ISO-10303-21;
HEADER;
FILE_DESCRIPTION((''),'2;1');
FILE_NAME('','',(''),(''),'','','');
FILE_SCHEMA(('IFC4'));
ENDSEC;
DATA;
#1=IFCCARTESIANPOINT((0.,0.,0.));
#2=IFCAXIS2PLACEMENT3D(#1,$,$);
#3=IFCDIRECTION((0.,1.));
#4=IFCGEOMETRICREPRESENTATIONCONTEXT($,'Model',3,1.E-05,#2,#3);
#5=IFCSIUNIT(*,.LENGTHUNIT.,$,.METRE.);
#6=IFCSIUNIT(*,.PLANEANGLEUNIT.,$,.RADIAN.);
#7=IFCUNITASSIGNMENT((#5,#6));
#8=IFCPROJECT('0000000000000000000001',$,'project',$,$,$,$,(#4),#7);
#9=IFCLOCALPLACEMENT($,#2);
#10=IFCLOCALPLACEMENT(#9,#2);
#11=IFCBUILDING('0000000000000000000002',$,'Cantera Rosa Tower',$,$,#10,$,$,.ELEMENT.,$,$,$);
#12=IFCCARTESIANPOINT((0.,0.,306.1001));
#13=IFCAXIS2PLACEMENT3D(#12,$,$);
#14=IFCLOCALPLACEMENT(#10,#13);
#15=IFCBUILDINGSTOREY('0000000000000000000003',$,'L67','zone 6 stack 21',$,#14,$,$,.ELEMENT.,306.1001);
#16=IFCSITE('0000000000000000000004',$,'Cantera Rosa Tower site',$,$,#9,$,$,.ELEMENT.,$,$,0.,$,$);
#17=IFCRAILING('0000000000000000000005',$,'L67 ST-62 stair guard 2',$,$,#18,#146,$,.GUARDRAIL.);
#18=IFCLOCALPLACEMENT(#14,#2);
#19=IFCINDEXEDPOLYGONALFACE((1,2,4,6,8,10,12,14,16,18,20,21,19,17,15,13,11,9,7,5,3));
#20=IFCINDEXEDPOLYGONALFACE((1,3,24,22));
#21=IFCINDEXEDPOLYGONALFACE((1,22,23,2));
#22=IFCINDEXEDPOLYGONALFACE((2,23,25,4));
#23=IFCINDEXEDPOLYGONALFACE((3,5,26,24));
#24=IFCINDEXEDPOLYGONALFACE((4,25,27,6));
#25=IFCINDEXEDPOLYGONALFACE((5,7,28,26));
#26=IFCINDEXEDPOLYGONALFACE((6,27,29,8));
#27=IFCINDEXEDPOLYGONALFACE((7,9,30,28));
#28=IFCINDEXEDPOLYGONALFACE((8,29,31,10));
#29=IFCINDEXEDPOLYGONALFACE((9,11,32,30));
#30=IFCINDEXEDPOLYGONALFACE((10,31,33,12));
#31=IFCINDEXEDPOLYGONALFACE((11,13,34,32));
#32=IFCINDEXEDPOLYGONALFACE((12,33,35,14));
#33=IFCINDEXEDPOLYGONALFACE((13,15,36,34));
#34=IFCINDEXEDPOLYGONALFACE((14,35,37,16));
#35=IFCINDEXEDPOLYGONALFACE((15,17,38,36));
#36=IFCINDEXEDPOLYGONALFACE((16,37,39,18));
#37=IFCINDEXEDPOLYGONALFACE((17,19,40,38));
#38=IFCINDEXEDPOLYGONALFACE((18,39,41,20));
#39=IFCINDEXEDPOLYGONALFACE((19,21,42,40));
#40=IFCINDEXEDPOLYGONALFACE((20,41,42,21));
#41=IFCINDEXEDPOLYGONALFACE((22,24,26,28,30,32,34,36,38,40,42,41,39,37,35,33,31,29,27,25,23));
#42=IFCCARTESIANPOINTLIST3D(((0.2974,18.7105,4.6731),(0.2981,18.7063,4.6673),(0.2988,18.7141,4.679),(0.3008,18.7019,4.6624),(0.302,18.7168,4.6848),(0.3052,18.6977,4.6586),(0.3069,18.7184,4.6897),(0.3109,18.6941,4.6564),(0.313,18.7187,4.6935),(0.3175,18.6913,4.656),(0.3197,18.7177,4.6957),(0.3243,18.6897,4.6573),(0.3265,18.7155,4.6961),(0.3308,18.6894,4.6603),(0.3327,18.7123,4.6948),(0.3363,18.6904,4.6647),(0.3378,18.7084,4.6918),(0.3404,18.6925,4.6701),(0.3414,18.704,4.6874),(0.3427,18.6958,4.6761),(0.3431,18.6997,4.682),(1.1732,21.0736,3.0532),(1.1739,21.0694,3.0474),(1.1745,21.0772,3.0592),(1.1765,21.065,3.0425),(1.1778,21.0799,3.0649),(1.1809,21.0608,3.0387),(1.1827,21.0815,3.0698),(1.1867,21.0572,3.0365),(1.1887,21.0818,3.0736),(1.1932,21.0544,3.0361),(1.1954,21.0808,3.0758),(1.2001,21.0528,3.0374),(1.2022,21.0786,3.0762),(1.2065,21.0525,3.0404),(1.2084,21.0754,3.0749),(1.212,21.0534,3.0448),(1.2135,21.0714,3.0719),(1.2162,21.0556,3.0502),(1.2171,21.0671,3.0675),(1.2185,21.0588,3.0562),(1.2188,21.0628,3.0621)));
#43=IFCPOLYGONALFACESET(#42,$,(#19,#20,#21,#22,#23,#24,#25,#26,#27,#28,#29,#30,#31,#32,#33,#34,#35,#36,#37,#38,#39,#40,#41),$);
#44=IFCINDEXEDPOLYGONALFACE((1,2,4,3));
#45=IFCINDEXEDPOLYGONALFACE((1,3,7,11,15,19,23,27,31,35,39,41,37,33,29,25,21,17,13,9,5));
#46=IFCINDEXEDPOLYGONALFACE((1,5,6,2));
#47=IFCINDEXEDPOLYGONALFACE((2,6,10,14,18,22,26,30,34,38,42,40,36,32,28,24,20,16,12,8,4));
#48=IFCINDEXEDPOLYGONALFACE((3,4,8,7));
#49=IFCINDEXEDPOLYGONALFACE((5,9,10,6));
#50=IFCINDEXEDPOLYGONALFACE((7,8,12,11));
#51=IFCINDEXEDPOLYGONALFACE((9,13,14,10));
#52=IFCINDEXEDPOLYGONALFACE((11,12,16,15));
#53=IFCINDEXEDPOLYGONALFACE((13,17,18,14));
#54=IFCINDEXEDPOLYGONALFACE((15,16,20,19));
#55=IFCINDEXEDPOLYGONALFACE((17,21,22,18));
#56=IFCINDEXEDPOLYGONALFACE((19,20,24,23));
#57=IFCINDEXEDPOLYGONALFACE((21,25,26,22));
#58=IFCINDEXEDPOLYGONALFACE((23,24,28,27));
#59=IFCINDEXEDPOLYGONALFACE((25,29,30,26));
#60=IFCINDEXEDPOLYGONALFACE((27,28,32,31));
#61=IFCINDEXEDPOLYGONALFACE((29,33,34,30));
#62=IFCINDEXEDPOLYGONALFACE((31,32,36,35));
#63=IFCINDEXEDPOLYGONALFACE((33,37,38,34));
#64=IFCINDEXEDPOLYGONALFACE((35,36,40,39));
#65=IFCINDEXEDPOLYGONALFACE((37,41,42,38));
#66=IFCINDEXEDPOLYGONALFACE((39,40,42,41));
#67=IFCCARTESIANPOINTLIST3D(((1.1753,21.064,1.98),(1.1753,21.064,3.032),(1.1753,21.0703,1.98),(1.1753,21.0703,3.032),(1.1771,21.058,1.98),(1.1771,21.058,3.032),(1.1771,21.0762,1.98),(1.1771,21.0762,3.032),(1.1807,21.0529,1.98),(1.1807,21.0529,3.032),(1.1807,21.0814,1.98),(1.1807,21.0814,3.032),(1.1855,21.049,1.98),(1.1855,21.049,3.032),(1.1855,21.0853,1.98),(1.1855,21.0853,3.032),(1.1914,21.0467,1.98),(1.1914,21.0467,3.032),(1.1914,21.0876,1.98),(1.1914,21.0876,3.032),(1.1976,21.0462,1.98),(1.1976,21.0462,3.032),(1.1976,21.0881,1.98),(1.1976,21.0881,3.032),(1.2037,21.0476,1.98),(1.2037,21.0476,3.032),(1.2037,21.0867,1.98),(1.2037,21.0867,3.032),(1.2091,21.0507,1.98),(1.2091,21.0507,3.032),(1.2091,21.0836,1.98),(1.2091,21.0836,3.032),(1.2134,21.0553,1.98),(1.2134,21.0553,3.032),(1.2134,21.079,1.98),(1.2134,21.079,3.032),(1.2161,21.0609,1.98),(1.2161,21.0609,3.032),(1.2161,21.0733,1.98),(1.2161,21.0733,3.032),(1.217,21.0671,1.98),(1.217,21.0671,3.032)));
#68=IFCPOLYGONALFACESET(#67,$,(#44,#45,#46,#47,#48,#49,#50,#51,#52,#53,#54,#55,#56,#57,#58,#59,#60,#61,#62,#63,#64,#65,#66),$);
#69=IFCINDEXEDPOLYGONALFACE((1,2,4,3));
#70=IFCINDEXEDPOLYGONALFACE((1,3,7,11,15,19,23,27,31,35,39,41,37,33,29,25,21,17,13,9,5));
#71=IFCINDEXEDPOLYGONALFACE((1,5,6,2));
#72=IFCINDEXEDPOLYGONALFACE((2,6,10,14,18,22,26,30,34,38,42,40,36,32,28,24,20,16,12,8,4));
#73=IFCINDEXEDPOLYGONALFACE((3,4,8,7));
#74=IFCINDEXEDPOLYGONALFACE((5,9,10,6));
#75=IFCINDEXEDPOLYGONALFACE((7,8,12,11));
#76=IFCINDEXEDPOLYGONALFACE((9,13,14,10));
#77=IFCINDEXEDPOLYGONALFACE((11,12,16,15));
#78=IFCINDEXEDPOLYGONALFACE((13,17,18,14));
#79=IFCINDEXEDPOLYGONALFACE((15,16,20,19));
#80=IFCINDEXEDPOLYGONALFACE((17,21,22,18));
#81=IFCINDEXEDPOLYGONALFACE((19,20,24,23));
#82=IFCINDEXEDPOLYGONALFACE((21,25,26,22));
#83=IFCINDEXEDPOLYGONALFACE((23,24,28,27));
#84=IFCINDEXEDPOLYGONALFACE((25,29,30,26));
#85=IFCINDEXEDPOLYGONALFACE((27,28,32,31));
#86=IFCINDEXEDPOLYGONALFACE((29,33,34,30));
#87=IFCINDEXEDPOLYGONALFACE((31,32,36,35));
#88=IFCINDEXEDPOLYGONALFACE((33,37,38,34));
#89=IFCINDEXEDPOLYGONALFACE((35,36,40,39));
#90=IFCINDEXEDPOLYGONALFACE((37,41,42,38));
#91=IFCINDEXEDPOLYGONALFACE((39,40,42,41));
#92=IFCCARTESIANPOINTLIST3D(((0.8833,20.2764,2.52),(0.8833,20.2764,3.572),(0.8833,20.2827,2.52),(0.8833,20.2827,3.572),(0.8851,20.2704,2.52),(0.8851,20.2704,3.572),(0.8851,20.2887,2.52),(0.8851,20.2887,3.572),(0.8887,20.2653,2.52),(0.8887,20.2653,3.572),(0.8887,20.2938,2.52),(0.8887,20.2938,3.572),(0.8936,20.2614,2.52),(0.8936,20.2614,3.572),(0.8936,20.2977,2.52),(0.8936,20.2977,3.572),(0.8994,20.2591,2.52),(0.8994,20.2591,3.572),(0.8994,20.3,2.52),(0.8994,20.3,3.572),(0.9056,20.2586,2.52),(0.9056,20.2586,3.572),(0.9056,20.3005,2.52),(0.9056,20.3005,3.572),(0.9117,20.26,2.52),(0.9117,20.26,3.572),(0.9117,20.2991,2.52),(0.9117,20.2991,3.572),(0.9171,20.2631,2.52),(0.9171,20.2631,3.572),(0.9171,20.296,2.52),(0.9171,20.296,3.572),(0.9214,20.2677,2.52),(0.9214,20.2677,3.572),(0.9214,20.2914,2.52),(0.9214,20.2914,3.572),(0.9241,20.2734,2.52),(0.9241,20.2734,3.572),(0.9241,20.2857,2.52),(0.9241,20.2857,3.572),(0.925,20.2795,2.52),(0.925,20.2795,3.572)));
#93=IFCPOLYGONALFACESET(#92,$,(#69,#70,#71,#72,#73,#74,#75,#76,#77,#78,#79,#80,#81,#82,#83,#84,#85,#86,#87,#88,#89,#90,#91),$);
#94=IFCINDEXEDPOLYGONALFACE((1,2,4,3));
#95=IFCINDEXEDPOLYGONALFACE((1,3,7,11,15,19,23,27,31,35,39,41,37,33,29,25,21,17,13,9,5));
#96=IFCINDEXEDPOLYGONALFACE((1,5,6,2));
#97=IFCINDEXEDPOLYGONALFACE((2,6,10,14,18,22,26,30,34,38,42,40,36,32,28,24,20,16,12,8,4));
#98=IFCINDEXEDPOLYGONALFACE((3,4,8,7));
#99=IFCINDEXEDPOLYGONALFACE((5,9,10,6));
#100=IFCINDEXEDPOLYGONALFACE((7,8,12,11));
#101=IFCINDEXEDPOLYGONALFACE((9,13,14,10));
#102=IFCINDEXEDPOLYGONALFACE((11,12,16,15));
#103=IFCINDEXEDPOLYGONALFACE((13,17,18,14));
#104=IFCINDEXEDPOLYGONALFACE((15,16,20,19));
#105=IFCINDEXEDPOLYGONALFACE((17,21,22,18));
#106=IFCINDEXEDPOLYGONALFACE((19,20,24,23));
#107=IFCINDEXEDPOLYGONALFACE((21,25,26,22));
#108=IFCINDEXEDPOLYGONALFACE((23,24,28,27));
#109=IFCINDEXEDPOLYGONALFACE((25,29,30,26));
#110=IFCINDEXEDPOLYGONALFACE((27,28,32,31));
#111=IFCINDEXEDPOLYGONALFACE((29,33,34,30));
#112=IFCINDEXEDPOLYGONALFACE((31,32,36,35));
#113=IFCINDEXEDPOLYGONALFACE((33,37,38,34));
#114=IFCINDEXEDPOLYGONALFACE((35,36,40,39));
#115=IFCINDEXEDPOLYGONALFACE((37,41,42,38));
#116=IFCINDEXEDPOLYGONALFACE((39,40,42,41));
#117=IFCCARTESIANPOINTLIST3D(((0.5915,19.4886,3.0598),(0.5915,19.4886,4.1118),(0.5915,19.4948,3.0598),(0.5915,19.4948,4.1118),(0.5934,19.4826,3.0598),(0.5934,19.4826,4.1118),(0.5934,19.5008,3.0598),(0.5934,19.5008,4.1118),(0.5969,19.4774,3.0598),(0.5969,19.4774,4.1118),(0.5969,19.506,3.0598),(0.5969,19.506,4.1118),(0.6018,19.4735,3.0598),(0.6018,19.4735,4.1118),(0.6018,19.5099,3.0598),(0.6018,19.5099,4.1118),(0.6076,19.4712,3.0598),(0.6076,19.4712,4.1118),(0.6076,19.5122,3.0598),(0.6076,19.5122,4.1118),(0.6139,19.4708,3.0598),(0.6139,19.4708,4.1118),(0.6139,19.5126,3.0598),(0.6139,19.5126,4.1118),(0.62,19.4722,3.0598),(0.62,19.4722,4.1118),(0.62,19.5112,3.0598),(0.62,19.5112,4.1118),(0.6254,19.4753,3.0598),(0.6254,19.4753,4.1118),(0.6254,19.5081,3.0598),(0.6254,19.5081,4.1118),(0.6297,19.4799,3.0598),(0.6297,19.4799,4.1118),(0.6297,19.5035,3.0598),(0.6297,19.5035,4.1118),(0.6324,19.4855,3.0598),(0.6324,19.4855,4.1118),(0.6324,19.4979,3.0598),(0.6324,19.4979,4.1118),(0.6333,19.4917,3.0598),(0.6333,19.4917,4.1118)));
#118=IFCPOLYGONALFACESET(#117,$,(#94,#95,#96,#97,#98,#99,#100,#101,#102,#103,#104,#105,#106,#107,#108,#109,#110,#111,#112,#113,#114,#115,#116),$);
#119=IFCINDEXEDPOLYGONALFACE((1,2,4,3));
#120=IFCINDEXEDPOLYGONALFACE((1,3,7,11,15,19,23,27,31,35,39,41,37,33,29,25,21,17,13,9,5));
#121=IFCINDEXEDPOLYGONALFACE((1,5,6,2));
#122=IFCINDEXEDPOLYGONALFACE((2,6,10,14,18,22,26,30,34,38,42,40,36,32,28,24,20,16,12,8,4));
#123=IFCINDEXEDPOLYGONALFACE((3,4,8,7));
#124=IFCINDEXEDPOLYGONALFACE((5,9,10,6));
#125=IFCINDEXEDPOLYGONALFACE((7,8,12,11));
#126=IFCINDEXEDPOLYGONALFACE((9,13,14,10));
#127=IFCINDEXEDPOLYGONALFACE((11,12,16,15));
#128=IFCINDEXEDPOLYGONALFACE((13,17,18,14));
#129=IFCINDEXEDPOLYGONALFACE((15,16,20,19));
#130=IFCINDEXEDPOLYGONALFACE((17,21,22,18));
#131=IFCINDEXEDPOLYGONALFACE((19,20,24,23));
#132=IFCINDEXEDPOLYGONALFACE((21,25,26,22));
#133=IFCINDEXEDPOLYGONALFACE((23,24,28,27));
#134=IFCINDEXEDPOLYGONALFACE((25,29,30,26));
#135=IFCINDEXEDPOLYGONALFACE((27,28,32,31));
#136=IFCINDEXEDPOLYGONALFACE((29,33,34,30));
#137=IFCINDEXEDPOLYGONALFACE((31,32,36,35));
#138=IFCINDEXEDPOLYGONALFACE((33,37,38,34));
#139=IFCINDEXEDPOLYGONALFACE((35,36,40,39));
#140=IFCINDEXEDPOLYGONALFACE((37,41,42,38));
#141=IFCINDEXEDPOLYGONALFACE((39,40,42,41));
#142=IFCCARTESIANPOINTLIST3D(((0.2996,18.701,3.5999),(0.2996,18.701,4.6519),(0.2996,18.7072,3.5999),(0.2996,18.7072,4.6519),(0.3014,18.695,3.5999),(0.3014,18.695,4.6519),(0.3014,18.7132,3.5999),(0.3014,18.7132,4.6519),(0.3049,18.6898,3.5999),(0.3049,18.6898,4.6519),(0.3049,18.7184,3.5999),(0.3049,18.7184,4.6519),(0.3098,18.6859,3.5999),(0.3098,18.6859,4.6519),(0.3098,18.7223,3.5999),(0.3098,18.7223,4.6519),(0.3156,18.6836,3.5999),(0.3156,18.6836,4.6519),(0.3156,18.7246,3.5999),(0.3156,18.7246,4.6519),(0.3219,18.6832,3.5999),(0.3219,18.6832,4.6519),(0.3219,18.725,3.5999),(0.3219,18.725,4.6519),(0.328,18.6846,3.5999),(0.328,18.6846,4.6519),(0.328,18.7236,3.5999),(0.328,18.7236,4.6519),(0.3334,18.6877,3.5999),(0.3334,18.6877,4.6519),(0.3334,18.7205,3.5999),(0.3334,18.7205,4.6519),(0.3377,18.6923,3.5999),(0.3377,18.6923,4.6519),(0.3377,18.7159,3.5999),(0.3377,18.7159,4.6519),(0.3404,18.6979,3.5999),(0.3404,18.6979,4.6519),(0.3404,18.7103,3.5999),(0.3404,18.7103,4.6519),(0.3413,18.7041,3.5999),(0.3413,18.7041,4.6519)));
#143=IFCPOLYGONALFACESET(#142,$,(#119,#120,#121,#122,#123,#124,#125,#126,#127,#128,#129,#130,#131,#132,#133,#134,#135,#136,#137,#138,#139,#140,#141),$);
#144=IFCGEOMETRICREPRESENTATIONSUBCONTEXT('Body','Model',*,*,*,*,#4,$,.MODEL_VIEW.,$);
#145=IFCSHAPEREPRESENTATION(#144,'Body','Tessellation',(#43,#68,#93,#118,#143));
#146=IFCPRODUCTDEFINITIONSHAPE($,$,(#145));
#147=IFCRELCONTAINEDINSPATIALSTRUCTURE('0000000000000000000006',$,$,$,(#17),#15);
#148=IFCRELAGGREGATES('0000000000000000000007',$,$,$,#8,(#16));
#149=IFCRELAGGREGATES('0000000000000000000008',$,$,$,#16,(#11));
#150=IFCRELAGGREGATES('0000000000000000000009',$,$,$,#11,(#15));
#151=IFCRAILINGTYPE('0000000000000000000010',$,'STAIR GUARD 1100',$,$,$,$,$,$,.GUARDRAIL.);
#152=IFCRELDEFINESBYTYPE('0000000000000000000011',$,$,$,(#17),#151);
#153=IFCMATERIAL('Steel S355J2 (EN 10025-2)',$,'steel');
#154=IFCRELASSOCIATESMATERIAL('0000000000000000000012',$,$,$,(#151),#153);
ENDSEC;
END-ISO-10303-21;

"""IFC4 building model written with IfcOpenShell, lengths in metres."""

from ifc_helpers import new_model, si_unit, direction, frame, origin, origin_2d, place, context, subcontext, project, spatial, circle, extrude, material, type_object, element, save


model = new_model("IFC4")

# Units and contexts
model_context = context("Model", 3, precision=1e-05, world=origin(), true_north=direction((0.0, 1.0)))
body_context = subcontext(model_context, "Body", "Model", "MODEL_VIEW")
ifc_project = project(units=[si_unit("LENGTHUNIT", "METRE"), si_unit("PLANEANGLEUNIT", "RADIAN")], contexts=[model_context])

# Site, building, storey
site_placement = place(None, origin())
site = spatial("IfcSite", under=ifc_project, at=site_placement, Name="Cantera Rosa Tower site", CompositionType="ELEMENT", RefElevation=0.0)
building_placement = place(site_placement, origin())
building = spatial("IfcBuilding", under=site, at=building_placement, Name="Cantera Rosa Tower", CompositionType="ELEMENT")
storey_placement = place(building_placement, frame((0.0, 0.0, 306.1001)))
storey = spatial("IfcBuildingStorey", under=building, at=storey_placement, Name="L67", Description="zone 6 stack 21", CompositionType="ELEMENT", Elevation=306.1001)

# Railing
ifc_material_1 = material(Name="Steel S355J2 (EN 10025-2)", Category="steel")
railing_type_1 = type_object("IfcRailingType", Name="STAIR GUARD 1100", PredefinedType="GUARDRAIL", material=ifc_material_1)
railing_1_placement = place(storey_placement, frame((1.196, 21.0671, 1.98)))
element("IfcRailing", 1, at=railing_1_placement, inside=storey, type_object=railing_type_1, Name="L67 ST-62 stair guard 2", PredefinedType="GUARDRAIL", context=body_context, shape_type="SweptSolid", body=[
    extrude(circle(Radius=0.0239, at=origin_2d()), frame((0.0, 0.0, 1.0762), z_axis=(-0.29232, -0.788782, 0.540714), x_axis=(0.93768, -0.347501, 0.0)), (0.0, 0.0, 1.0), 2.9958),
    extrude(circle(Radius=0.021, at=origin_2d()), origin(), (0.0, 0.0, 1.0), 1.052),
    extrude(circle(Radius=0.021, at=origin_2d()), frame((-0.292, -0.7876, 0.54)), (0.0, 0.0, 1.0), 1.052),
    extrude(circle(Radius=0.021, at=origin_2d()), frame((-0.5837, -1.5754, 1.0798)), (0.0, 0.0, 1.0), 1.052),
    extrude(circle(Radius=0.021, at=origin_2d()), frame((-0.8757, -2.363, 1.6199)), (0.0, 0.0, 1.0), 1.052),
])

save(model, "model.ifc")
